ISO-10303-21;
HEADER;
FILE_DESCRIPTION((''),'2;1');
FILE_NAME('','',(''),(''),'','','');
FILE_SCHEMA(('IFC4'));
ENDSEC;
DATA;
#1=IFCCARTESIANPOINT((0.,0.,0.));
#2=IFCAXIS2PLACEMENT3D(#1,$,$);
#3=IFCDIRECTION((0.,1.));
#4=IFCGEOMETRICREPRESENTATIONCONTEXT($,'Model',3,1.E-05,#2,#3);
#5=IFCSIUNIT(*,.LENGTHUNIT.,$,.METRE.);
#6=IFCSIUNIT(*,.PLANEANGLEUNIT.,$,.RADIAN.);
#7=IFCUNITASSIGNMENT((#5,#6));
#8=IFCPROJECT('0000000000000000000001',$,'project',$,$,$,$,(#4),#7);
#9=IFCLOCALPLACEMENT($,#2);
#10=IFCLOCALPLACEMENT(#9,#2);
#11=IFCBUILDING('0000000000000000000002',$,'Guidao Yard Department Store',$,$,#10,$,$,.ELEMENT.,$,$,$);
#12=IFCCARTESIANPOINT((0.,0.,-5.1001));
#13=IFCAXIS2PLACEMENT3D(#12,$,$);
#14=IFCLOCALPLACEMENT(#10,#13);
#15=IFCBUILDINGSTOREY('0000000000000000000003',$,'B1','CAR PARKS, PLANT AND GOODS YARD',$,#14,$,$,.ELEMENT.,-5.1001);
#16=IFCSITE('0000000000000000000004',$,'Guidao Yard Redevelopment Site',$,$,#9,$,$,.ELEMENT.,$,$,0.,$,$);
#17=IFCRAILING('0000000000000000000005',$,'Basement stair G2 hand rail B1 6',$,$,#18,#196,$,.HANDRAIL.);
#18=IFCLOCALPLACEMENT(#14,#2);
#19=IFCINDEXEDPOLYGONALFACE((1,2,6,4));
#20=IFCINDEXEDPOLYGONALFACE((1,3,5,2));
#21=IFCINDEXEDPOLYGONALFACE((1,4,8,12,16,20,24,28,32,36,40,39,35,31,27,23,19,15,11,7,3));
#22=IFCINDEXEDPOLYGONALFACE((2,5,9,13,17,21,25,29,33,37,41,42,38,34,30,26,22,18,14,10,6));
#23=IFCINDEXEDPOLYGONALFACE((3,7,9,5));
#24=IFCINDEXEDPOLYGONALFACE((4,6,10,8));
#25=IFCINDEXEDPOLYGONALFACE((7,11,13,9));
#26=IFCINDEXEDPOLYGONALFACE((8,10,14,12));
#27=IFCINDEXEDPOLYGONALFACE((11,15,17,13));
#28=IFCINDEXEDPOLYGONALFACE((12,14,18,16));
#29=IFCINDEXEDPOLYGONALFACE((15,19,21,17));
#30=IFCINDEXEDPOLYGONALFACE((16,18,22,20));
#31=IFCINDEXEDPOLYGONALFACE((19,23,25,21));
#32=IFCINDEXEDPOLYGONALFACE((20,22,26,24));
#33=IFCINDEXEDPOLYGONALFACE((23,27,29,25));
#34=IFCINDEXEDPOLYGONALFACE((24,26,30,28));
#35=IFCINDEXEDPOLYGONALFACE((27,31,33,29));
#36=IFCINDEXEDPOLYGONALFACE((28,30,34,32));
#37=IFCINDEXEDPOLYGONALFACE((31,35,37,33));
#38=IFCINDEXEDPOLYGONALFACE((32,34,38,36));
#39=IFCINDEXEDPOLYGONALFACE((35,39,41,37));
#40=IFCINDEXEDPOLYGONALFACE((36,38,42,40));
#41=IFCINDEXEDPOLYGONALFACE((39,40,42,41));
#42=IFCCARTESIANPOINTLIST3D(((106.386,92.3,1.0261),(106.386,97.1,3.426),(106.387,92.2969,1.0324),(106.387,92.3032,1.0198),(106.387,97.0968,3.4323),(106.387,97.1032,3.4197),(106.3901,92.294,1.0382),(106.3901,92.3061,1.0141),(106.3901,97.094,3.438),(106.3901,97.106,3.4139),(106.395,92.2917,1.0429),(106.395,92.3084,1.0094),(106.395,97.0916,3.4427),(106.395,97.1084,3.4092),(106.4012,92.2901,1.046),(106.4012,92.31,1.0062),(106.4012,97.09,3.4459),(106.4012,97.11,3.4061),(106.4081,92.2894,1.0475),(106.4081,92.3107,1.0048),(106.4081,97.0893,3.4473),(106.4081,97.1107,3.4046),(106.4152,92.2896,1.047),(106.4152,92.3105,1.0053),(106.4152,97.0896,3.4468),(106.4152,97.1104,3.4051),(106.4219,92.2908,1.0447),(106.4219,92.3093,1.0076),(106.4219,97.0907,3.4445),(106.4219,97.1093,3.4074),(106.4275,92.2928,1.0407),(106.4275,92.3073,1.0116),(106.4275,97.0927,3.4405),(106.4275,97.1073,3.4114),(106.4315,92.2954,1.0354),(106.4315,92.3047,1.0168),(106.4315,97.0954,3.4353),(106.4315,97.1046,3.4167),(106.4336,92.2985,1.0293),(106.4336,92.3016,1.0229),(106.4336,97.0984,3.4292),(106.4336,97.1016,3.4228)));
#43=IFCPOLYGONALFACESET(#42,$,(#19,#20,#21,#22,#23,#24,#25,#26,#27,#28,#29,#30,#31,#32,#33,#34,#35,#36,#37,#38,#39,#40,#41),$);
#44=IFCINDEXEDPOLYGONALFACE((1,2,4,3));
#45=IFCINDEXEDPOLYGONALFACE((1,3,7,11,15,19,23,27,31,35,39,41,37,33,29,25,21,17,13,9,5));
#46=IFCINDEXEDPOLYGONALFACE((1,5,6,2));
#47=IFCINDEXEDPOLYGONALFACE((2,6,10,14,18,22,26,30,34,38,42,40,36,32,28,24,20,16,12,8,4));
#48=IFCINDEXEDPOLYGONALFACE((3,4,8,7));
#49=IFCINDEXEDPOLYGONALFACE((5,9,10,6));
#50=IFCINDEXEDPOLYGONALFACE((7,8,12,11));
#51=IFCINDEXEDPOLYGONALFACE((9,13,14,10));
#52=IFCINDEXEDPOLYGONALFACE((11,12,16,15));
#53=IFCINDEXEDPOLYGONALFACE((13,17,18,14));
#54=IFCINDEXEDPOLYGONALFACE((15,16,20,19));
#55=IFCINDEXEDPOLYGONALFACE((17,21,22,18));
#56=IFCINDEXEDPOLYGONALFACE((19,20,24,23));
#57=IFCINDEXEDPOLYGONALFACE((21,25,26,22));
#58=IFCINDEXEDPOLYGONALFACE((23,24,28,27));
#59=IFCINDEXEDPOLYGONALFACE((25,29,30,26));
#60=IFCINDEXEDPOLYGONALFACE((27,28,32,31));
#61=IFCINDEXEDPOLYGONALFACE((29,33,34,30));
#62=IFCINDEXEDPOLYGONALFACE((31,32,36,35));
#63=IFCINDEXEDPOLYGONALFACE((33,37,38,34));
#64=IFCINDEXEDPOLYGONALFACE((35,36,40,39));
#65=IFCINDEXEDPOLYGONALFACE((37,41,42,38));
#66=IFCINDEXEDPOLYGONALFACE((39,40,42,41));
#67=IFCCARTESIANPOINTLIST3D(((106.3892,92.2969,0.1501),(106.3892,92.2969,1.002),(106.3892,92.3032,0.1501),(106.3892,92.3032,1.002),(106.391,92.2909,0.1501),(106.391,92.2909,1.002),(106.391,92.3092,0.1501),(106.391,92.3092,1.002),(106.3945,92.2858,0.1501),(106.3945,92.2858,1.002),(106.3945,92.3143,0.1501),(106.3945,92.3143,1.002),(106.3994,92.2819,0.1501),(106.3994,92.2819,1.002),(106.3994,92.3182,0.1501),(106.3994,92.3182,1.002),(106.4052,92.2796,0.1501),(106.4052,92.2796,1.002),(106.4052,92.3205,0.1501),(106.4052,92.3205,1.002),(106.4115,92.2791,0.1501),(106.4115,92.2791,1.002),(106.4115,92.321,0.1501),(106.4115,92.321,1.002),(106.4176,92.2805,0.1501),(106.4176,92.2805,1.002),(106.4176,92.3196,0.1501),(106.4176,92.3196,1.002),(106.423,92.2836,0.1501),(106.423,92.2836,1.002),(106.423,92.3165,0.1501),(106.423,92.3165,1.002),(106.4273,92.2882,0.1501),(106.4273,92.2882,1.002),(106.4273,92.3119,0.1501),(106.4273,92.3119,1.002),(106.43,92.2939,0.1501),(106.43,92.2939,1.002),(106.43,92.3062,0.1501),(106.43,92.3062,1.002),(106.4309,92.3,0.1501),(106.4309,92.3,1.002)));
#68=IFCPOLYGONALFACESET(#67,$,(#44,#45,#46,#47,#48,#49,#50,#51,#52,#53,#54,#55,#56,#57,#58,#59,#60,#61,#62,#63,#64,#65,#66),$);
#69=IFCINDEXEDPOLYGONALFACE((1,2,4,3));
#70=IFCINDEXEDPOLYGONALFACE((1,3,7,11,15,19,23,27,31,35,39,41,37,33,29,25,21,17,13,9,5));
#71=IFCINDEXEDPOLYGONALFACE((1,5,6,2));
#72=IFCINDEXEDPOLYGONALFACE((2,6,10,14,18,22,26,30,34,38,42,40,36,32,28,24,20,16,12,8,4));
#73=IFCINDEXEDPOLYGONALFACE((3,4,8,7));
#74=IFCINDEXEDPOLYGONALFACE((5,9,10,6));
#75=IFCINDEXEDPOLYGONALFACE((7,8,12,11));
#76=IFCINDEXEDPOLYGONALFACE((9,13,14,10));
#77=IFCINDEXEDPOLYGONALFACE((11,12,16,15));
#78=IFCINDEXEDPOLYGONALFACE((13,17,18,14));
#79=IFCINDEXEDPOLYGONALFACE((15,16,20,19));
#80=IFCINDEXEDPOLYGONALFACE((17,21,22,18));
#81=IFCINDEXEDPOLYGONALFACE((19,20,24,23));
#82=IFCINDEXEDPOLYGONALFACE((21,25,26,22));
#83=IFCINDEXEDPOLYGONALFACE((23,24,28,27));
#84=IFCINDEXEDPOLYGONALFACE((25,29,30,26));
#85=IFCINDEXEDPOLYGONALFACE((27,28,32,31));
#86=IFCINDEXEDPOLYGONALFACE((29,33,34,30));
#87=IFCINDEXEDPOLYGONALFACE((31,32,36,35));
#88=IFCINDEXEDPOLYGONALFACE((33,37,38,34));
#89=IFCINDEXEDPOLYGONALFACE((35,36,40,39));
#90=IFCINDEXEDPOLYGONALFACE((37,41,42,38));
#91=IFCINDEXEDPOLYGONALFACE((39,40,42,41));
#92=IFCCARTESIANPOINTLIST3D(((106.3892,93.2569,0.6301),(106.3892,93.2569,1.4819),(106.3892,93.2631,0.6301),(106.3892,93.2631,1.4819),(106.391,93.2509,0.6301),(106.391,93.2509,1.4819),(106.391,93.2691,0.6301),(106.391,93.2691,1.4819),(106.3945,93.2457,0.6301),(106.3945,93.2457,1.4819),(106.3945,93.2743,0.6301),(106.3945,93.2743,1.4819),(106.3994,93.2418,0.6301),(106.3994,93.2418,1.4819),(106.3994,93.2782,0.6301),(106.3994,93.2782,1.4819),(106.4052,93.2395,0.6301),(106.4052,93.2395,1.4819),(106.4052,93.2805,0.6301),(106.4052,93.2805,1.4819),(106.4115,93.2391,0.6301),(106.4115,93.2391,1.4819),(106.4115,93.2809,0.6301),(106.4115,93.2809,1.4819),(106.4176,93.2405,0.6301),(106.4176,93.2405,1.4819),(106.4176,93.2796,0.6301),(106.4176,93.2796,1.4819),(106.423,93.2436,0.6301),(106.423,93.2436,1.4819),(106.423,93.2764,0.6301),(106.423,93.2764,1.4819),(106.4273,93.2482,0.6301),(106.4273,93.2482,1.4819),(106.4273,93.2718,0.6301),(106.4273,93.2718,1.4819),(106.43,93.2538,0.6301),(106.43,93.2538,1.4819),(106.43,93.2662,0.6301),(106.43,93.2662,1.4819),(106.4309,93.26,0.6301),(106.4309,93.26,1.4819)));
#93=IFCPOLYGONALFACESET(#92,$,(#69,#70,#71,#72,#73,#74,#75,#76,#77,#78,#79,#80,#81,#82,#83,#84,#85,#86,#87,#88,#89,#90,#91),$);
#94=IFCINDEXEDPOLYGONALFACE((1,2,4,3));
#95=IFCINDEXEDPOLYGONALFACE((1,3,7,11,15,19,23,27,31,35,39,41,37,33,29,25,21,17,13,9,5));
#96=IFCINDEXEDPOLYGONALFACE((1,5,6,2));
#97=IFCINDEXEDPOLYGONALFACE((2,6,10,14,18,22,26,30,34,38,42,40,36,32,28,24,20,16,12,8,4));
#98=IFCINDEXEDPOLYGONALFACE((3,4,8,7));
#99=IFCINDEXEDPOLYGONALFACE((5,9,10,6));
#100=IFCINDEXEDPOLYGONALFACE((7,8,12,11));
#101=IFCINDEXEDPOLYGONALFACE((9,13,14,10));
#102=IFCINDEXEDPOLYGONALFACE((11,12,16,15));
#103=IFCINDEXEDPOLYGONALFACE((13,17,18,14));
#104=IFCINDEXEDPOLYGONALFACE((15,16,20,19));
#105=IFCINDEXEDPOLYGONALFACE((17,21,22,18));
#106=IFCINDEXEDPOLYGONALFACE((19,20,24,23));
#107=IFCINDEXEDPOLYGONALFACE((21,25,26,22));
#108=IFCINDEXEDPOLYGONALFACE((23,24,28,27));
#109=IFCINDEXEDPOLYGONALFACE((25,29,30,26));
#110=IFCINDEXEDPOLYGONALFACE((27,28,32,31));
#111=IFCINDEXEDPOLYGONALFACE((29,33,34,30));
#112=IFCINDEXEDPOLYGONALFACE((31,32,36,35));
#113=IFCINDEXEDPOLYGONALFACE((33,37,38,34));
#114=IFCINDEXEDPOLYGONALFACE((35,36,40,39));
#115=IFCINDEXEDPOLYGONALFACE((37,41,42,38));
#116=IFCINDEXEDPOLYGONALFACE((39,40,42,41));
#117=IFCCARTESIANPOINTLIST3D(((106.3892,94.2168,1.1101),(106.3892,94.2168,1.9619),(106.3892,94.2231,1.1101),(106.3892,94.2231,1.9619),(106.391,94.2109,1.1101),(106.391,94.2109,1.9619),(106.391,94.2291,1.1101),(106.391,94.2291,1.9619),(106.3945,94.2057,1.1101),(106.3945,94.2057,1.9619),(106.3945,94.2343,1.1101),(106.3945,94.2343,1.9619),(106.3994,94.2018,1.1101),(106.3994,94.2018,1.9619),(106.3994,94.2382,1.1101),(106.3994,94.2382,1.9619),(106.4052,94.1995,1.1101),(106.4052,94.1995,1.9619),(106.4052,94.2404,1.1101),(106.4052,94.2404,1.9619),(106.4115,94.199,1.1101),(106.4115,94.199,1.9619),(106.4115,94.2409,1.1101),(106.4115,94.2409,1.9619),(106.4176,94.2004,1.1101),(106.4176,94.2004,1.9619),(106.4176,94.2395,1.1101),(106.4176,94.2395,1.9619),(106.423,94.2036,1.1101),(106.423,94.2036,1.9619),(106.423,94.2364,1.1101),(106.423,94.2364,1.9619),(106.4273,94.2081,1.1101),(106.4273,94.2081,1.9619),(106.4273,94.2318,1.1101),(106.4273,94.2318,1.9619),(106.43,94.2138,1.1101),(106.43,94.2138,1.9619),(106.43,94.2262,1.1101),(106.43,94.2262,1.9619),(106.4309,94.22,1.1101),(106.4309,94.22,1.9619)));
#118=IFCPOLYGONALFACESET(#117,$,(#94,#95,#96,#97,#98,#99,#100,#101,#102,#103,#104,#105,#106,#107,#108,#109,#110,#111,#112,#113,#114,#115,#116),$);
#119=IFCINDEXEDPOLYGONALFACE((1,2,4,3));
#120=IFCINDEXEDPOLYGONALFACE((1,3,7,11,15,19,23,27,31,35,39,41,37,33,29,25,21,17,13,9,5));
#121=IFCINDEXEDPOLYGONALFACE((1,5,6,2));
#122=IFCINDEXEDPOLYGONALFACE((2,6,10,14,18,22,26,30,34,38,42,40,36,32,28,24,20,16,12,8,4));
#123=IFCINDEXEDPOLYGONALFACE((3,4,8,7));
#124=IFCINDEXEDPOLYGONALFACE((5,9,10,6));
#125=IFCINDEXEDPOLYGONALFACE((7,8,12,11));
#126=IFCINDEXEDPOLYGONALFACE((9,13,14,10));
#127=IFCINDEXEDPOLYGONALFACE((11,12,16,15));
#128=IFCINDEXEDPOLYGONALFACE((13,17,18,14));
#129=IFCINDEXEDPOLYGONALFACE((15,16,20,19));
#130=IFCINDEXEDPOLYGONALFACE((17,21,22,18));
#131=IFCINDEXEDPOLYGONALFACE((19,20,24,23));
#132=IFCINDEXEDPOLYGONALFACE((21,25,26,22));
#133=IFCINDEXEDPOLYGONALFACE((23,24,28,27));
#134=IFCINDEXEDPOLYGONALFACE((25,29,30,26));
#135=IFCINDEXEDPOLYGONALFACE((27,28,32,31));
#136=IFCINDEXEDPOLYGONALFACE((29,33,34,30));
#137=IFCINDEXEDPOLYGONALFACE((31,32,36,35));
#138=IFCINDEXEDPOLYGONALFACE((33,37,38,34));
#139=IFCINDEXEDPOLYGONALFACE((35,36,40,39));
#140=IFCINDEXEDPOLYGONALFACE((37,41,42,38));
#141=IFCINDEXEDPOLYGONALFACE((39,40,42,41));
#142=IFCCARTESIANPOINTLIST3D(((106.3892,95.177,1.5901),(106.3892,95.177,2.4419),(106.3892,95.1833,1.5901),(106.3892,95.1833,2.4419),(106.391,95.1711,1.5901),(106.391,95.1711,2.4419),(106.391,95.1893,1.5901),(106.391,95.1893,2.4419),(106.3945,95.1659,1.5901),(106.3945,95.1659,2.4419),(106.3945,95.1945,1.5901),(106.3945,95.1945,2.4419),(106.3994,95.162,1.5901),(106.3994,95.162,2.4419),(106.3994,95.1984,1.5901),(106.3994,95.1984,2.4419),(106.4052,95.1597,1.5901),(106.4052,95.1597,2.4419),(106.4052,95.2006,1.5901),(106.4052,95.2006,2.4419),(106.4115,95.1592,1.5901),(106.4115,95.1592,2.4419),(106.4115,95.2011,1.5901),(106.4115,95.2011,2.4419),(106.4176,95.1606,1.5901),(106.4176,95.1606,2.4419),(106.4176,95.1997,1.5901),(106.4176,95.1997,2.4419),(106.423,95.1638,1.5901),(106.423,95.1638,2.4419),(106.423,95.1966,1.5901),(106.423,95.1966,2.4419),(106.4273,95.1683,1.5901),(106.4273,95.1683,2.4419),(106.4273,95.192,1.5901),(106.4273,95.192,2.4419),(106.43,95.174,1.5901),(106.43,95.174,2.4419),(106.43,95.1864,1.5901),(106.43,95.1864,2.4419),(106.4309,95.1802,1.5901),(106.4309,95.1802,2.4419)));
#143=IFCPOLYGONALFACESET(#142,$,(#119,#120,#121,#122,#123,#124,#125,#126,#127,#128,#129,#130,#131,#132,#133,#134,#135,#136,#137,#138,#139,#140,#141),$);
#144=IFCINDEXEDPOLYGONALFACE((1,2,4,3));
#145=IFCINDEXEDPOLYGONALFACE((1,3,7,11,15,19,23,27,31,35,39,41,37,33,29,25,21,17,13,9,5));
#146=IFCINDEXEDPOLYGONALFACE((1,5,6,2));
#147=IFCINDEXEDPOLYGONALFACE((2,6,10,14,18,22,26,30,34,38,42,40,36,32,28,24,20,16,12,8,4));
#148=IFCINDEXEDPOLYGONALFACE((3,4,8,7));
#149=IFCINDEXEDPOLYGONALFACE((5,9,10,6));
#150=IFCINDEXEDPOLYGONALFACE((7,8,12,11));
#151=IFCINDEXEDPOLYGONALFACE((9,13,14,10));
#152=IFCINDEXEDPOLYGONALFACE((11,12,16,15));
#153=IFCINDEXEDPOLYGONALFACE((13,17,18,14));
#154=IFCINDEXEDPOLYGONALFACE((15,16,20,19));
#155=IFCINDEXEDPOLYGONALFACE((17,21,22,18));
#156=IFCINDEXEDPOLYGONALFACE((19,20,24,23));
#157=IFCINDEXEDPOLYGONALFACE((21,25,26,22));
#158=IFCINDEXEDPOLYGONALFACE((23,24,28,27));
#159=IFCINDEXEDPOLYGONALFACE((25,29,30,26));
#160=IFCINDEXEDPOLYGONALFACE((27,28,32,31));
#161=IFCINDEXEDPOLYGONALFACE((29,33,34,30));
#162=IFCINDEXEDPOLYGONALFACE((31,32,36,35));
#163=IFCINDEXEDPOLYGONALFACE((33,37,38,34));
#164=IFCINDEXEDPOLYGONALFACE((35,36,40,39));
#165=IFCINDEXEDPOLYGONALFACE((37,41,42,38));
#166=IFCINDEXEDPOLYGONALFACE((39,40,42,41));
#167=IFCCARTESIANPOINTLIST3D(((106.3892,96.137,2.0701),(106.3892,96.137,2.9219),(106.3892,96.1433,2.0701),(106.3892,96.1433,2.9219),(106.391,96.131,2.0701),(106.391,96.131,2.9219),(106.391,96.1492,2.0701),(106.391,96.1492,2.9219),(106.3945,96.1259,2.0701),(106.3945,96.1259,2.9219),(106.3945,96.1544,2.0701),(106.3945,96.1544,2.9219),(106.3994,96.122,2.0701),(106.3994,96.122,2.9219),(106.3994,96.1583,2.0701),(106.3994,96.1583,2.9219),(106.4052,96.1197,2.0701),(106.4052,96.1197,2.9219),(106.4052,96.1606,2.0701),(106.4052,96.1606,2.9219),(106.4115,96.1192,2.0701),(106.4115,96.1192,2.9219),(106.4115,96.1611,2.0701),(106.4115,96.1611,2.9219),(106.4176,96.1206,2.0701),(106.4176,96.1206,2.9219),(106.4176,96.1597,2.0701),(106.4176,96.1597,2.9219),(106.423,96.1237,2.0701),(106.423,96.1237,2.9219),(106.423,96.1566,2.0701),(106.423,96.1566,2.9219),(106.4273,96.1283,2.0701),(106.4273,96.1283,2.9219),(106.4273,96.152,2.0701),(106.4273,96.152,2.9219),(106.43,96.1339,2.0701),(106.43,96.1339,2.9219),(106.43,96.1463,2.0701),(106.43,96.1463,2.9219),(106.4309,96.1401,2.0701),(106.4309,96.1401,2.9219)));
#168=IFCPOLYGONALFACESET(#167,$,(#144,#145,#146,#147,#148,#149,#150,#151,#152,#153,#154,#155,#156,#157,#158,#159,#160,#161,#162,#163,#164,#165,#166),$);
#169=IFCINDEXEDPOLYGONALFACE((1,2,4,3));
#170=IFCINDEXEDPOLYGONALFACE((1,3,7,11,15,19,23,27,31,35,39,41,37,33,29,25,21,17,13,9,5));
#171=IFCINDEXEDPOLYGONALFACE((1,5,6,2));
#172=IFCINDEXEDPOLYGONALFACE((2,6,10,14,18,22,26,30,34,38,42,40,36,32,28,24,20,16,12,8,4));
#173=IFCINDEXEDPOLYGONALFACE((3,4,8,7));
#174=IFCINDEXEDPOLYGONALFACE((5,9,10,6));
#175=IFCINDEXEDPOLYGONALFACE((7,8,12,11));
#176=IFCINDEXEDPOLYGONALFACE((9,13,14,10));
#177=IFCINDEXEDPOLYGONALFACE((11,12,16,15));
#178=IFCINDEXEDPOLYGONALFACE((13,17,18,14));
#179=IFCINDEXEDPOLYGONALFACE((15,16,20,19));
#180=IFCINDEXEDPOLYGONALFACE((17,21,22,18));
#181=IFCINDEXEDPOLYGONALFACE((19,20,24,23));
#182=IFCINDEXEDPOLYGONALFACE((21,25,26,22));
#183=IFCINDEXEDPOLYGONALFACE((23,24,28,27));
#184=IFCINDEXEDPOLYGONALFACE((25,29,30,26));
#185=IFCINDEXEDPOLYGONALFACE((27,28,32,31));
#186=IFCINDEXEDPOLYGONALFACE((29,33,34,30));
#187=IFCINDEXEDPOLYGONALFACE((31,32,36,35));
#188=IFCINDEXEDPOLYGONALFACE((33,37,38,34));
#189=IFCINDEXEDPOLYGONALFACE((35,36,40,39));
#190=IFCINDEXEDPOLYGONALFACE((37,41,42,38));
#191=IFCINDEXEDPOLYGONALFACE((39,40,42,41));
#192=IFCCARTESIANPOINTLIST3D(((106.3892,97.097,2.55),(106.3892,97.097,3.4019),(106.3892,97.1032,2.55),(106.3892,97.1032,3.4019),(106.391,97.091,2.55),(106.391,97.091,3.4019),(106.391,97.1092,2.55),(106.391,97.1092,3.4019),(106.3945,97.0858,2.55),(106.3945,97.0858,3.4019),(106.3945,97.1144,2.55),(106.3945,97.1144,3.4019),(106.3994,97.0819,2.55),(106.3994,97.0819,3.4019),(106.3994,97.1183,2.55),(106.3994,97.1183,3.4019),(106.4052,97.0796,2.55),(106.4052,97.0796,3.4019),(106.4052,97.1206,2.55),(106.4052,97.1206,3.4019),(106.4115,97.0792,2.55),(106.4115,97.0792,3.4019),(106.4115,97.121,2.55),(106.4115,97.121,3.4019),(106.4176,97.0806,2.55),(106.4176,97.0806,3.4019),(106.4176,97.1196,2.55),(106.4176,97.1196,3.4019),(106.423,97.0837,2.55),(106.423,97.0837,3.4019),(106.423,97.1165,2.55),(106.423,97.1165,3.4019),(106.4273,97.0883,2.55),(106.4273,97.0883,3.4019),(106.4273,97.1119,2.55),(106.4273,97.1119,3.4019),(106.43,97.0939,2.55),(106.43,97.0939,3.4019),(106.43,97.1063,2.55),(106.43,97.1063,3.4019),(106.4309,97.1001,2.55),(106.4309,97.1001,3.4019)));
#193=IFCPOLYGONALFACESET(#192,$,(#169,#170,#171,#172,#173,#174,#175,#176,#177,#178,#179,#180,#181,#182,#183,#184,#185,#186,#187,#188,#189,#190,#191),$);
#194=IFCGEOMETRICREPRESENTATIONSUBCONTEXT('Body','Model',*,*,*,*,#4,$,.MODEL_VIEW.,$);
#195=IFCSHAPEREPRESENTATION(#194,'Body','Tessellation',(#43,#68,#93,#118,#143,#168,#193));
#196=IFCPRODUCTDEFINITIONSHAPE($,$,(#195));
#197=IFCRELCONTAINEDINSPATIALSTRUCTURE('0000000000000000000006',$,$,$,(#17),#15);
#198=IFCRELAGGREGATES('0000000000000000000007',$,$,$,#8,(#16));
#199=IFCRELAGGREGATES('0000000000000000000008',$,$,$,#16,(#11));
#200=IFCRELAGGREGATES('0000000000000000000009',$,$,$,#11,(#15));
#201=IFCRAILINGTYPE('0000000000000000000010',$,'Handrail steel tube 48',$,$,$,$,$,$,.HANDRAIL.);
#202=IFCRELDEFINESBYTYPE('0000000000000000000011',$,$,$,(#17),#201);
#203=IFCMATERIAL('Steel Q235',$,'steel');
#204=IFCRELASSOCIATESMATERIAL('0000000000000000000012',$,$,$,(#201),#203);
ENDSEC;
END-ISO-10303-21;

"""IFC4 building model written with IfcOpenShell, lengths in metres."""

from ifc_helpers import new_model, si_unit, direction, frame, origin, origin_2d, place, context, subcontext, project, spatial, circle, extrude, material, type_object, element, save


model = new_model("IFC4")

# Units and contexts
model_context = context("Model", 3, precision=1e-05, world=origin(), true_north=direction((0.0, 1.0)))
body_context = subcontext(model_context, "Body", "Model", "MODEL_VIEW")
ifc_project = project(units=[si_unit("LENGTHUNIT", "METRE"), si_unit("PLANEANGLEUNIT", "RADIAN")], contexts=[model_context])

# Site, building, storey
site_placement = place(None, origin())
site = spatial("IfcSite", under=ifc_project, at=site_placement, Name="Guidao Yard Redevelopment Site", CompositionType="ELEMENT", RefElevation=0.0)
building_placement = place(site_placement, origin())
building = spatial("IfcBuilding", under=site, at=building_placement, Name="Guidao Yard Department Store", CompositionType="ELEMENT")
storey_placement = place(building_placement, frame((0.0, 0.0, -5.1001)))
storey = spatial("IfcBuildingStorey", under=building, at=storey_placement, Name="B1", Description="CAR PARKS, PLANT AND GOODS YARD", CompositionType="ELEMENT", Elevation=-5.1001)

# Railing
ifc_material_1 = material(Name="Steel Q235", Category="steel")
railing_type_1 = type_object("IfcRailingType", Name="Handrail steel tube 48", PredefinedType="HANDRAIL", material=ifc_material_1)
for number, where, name in (
    (1, (106.4099, 92.3, 0.1501), "Basement stair G2 hand rail B1 6"),
):
    element("IfcRailing", number, at=place(storey_placement, frame(where)), inside=storey, type_object=railing_type_1, Name=name, PredefinedType="HANDRAIL", context=body_context, shape_type="SweptSolid", body=[
        extrude(circle(Radius=0.0239, at=origin_2d()), frame((0.0, 0.0, 0.876), z_axis=(0.0, 0.894436, 0.447195), x_axis=(-1.0, 0.0, 0.0)), (0.0, 0.0, 1.0), 5.3665),
        extrude(circle(Radius=0.021, at=origin_2d()), origin(), (0.0, 0.0, 1.0), 0.8518),
        extrude(circle(Radius=0.021, at=origin_2d()), frame((0.0, 0.96, 0.48)), (0.0, 0.0, 1.0), 0.8518),
        extrude(circle(Radius=0.021, at=origin_2d()), frame((0.0, 1.9199, 0.96)), (0.0, 0.0, 1.0), 0.8518),
        extrude(circle(Radius=0.021, at=origin_2d()), frame((0.0, 2.8801, 1.4399)), (0.0, 0.0, 1.0), 0.8518),
        extrude(circle(Radius=0.021, at=origin_2d()), frame((0.0, 3.8401, 1.9199)), (0.0, 0.0, 1.0), 0.8518),
        extrude(circle(Radius=0.021, at=origin_2d()), frame((0.0, 4.8, 2.3999)), (0.0, 0.0, 1.0), 0.8518),
    ])

save(model, "model.ifc")
